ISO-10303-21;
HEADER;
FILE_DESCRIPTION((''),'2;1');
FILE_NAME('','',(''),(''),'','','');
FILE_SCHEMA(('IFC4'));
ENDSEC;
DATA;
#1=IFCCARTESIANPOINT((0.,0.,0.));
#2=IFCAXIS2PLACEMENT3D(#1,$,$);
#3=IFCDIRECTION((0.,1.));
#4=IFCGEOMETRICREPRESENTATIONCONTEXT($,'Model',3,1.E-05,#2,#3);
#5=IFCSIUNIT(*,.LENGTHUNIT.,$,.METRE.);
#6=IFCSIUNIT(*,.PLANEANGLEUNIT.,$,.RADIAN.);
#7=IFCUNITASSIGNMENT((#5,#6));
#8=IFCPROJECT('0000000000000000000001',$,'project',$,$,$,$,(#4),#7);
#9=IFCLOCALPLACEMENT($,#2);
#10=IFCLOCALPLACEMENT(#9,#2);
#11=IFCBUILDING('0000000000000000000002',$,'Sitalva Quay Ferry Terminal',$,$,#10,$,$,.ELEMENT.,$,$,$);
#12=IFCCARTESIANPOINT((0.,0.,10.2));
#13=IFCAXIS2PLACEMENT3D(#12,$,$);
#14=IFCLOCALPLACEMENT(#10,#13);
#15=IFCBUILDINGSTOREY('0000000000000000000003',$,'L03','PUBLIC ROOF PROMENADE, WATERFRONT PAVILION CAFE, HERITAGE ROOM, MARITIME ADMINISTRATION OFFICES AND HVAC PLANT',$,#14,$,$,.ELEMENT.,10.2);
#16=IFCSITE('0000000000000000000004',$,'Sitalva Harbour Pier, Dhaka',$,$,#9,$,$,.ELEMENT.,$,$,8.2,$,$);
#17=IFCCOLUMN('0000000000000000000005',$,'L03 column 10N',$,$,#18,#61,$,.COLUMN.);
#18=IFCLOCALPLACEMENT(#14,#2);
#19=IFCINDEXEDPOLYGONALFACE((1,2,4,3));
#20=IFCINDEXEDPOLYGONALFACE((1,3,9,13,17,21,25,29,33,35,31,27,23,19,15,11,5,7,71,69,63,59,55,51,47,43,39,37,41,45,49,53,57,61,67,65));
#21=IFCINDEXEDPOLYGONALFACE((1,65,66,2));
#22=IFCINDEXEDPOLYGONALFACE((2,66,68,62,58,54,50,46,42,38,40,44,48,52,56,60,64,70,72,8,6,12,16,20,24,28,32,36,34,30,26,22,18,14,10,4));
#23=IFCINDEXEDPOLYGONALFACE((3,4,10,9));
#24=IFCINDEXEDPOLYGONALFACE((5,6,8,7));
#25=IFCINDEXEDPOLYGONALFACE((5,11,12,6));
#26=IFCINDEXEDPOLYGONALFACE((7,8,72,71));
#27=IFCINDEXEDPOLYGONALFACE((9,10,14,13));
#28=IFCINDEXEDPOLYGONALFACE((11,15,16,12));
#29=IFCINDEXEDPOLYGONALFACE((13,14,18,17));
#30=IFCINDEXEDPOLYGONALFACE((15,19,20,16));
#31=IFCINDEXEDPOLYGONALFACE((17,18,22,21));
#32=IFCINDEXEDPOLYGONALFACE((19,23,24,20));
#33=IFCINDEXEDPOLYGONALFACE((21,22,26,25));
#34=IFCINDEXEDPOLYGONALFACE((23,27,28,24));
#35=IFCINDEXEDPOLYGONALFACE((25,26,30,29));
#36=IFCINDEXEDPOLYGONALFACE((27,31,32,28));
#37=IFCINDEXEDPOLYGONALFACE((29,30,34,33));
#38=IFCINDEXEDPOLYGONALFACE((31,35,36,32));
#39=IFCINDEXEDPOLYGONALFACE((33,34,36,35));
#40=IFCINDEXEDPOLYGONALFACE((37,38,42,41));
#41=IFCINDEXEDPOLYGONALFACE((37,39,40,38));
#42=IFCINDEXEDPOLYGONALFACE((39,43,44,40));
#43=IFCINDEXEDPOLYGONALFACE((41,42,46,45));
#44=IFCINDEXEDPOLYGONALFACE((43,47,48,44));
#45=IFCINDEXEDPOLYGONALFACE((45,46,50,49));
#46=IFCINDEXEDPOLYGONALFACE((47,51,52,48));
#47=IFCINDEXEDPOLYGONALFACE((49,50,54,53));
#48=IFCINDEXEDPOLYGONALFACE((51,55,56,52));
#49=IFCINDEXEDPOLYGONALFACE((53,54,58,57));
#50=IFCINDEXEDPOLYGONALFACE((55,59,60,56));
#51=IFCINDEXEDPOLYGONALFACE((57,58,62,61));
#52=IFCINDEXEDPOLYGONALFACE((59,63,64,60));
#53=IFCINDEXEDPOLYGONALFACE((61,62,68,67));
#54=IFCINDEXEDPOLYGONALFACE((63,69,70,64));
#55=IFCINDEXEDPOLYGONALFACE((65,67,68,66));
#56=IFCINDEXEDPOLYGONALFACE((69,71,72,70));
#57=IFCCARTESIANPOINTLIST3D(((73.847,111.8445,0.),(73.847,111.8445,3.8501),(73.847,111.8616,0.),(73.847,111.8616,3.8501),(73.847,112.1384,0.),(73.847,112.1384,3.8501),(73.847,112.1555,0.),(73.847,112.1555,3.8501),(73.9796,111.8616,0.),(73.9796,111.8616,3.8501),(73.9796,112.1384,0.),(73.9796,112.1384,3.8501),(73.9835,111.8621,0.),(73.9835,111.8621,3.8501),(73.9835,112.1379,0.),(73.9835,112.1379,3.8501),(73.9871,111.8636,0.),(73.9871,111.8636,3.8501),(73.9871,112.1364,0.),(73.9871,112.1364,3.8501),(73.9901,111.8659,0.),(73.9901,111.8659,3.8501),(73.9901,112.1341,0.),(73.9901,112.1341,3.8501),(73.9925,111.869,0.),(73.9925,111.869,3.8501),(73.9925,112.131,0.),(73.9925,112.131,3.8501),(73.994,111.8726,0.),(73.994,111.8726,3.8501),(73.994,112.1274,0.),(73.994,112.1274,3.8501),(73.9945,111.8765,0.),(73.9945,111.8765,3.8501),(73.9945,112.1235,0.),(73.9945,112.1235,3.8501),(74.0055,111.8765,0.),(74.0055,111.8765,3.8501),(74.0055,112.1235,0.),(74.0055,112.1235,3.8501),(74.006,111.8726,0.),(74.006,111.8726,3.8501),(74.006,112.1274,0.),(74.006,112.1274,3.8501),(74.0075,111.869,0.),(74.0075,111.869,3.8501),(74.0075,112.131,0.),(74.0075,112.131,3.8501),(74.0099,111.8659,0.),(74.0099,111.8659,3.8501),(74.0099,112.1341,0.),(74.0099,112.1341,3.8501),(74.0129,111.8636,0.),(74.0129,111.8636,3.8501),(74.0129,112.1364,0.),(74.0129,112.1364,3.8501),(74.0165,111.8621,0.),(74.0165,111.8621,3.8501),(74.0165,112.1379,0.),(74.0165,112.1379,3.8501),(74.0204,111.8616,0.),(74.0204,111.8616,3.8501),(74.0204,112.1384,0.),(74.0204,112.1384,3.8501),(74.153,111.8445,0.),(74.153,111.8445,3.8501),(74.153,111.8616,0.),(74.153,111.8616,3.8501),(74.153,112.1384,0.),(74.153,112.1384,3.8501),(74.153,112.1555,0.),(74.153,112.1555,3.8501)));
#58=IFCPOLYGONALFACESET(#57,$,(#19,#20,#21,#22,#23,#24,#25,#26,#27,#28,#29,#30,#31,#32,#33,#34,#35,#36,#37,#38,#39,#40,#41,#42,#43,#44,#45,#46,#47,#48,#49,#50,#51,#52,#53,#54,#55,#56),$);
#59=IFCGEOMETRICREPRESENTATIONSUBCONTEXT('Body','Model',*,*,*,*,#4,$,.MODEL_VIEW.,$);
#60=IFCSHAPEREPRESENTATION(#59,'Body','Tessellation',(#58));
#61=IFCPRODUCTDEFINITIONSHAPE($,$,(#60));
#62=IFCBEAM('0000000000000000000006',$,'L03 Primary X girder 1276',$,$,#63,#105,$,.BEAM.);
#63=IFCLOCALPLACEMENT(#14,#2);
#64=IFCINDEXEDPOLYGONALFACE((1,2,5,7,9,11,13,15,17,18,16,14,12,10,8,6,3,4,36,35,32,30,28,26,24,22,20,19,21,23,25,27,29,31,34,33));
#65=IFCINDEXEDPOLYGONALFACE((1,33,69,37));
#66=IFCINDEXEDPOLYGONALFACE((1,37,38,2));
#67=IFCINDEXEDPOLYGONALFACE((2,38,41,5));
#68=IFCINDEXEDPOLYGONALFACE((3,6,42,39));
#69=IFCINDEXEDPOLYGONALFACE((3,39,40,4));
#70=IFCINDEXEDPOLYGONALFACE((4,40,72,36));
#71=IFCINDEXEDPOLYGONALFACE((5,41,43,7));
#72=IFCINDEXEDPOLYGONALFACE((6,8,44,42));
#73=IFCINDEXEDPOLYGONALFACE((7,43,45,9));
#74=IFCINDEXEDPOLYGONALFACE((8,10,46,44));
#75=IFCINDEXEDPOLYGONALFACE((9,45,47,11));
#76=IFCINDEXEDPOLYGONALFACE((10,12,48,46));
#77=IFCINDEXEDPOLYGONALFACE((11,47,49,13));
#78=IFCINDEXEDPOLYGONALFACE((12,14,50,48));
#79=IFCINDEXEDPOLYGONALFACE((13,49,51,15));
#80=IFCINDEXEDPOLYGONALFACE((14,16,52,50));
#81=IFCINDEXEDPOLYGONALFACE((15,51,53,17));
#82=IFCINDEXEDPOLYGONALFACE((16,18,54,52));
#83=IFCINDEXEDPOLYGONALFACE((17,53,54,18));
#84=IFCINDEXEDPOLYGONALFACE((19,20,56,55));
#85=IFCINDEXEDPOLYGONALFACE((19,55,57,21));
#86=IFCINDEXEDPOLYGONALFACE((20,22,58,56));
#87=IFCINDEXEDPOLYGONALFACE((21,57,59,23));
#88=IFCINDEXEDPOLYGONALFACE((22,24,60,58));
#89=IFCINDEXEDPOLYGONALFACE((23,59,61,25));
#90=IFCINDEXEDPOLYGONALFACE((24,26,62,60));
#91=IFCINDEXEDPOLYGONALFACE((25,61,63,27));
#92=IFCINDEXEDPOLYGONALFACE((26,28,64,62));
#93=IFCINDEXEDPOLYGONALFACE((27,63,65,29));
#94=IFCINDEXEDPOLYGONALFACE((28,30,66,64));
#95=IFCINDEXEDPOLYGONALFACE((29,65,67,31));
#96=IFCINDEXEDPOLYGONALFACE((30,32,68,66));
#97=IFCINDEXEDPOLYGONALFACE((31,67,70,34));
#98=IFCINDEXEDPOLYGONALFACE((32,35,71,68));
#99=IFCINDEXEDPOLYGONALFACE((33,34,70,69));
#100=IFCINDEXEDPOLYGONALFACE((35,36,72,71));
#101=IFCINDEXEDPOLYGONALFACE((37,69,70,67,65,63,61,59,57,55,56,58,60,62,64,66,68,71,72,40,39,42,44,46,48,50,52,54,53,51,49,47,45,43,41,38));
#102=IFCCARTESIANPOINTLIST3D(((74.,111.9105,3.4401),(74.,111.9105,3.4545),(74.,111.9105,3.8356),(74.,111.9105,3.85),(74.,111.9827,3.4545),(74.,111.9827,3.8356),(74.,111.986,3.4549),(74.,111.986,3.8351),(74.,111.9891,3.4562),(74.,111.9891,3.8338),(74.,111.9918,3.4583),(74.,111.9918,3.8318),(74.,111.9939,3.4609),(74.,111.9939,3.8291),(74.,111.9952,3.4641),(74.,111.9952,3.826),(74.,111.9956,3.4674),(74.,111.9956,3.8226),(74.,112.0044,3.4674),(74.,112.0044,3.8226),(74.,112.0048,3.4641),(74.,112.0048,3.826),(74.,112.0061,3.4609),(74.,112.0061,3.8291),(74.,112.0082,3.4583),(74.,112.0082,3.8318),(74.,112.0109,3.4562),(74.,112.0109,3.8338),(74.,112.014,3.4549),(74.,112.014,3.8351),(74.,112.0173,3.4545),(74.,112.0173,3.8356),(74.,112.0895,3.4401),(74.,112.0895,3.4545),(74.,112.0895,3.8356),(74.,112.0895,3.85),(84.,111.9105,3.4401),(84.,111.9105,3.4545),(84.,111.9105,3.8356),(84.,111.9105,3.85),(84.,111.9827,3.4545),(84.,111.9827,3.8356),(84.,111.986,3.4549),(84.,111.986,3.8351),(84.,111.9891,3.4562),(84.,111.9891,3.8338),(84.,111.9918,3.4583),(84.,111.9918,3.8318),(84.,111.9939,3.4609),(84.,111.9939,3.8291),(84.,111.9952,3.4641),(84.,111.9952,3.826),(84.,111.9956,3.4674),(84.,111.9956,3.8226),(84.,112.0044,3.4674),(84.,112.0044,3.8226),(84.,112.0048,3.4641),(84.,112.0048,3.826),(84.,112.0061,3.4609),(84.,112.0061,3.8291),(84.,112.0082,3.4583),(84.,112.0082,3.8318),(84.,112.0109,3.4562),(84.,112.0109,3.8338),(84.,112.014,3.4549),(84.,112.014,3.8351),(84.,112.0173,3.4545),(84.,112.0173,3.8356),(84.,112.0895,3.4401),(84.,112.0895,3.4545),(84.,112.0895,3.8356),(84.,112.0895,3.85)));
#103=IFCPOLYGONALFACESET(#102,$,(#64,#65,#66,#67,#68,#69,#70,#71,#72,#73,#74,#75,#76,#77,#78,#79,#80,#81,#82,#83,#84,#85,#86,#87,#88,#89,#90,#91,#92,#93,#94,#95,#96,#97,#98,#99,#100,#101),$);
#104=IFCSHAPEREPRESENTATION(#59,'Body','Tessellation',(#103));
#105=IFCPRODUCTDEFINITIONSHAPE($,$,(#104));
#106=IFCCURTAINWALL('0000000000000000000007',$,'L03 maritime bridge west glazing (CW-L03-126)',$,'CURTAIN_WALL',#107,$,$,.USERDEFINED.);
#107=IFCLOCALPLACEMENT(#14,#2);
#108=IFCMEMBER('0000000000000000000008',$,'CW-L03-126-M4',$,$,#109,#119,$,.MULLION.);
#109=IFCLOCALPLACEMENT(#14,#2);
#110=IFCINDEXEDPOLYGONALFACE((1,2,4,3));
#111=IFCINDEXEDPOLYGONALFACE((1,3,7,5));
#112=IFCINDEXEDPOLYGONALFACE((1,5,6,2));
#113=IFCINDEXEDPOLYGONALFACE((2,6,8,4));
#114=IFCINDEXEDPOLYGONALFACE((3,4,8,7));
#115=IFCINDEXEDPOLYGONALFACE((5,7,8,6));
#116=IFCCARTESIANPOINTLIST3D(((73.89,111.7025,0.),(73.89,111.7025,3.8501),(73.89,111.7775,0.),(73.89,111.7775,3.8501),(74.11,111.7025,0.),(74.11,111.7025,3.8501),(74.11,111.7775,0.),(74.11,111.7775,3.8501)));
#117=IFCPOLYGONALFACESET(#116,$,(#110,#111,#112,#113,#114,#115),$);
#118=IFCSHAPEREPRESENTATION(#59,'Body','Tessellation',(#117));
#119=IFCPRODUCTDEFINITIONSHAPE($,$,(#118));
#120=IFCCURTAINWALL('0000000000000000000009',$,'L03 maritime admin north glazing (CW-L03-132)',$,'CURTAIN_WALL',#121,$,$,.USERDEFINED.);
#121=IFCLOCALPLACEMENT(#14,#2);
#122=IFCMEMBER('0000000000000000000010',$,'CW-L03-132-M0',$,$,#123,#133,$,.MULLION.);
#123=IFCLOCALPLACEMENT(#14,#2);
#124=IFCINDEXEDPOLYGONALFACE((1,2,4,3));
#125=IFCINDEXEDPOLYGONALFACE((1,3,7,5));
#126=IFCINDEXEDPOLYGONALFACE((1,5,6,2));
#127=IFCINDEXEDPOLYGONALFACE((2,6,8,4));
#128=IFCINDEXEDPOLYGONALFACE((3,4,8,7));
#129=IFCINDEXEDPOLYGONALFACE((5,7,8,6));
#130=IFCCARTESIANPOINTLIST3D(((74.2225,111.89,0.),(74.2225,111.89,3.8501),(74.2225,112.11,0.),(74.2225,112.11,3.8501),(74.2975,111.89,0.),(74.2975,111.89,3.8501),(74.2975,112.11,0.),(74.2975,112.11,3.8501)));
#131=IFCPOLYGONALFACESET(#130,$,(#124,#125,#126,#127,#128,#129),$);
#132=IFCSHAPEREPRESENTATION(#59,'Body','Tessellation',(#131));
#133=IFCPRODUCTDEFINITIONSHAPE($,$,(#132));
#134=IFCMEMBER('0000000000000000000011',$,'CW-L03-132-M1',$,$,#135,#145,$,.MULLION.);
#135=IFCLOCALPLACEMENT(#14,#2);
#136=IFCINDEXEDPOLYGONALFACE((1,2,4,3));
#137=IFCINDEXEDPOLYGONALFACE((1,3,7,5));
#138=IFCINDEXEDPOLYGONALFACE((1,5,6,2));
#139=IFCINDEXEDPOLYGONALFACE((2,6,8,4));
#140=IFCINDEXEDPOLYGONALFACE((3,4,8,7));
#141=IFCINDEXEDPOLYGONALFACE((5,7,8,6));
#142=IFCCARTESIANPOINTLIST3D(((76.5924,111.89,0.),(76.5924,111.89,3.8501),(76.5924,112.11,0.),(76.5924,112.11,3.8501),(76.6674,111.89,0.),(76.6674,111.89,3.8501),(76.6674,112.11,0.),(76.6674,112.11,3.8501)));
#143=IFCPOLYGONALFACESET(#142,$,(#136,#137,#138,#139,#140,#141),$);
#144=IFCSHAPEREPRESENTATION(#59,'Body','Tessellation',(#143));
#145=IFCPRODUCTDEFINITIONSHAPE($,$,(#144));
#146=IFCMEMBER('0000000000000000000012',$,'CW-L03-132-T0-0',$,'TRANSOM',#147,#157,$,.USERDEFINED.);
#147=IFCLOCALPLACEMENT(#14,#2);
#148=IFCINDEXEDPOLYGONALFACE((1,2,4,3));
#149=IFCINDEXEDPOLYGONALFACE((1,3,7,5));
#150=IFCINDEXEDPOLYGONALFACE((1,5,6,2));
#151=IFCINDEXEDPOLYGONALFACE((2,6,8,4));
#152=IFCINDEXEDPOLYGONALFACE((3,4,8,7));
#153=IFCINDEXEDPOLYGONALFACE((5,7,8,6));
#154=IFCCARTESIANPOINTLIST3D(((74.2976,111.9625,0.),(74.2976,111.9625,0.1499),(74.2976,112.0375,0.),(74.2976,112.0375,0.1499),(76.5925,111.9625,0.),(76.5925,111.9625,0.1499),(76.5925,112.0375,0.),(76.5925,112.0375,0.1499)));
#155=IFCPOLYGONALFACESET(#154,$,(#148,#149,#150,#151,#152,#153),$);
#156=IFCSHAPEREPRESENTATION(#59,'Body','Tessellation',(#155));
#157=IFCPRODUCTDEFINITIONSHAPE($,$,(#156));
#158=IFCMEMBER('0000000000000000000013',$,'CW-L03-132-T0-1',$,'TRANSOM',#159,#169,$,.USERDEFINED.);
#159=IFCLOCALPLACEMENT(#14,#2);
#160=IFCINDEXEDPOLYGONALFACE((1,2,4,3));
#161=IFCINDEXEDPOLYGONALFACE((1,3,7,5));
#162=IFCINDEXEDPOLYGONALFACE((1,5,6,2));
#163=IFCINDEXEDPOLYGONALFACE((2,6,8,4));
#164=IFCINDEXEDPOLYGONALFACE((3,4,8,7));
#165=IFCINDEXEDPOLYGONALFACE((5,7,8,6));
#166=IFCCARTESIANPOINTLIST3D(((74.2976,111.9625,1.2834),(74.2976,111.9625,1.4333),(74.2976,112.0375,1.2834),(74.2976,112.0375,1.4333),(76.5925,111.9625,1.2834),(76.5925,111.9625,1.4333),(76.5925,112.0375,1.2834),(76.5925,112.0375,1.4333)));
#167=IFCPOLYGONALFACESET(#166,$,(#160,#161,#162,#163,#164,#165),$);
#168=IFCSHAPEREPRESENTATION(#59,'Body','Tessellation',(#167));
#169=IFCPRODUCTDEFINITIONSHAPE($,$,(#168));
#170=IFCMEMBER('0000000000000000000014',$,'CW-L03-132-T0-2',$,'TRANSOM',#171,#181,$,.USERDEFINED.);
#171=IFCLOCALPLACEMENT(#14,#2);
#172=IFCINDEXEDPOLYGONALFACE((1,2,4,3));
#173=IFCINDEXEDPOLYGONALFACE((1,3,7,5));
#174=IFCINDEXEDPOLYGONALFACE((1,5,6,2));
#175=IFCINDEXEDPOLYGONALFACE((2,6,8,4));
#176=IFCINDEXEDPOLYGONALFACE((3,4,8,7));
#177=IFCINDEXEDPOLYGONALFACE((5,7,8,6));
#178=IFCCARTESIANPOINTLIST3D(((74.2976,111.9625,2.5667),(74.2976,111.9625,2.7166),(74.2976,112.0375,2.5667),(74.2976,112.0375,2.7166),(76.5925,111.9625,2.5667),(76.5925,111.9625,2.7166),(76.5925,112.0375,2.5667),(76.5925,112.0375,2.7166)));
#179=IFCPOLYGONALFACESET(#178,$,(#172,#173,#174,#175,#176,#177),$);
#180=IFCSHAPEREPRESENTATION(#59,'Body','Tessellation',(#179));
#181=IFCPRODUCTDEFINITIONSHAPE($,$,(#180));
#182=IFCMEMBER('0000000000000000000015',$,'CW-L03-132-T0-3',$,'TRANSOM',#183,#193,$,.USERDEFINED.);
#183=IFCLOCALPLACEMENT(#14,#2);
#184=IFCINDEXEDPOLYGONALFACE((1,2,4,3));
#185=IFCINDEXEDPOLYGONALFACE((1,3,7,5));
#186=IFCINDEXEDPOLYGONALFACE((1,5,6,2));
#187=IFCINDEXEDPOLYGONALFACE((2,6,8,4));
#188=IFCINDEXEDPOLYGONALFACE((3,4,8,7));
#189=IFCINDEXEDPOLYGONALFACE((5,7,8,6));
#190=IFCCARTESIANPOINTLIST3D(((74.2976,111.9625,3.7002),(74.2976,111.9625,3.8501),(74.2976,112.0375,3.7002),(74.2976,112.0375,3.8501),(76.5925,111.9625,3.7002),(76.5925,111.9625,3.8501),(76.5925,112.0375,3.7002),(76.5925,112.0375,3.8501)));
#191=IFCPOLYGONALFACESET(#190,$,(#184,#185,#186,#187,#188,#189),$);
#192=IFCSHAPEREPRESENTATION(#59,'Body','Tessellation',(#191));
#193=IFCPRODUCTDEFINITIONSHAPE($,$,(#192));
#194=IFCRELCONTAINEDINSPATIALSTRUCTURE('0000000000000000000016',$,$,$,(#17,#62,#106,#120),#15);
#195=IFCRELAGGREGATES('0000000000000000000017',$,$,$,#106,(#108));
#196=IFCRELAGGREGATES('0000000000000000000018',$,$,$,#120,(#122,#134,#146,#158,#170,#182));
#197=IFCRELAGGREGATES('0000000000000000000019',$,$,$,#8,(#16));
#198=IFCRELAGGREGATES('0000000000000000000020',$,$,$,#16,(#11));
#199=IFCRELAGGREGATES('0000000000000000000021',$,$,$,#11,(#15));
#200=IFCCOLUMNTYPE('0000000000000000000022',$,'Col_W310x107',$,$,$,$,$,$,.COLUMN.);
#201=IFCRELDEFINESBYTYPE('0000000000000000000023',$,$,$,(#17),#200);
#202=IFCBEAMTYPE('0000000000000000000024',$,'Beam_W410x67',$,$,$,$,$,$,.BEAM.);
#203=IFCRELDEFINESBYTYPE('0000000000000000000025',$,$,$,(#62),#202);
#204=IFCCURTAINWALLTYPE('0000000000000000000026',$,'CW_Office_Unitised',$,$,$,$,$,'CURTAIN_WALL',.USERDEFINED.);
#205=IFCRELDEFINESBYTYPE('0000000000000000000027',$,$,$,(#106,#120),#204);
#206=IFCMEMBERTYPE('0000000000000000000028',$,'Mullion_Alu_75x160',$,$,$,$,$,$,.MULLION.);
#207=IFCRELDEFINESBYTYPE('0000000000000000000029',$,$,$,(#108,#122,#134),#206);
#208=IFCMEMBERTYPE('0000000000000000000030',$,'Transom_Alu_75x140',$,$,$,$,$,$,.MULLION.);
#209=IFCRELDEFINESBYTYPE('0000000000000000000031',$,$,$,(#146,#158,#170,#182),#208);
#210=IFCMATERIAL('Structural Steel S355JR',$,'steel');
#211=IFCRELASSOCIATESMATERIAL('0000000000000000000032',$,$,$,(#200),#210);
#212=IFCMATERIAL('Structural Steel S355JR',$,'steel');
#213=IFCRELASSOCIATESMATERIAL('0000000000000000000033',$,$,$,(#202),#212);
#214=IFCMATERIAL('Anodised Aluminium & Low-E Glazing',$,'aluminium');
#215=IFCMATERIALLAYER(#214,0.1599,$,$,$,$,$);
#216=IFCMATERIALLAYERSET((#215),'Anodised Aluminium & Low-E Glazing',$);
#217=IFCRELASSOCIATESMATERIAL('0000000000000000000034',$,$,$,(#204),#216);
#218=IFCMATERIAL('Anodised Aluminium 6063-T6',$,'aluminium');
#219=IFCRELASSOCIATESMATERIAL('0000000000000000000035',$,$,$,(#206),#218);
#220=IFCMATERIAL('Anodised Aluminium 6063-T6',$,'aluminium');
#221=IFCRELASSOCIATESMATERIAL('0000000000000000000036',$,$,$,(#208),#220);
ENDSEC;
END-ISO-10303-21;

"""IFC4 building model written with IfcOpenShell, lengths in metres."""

from ifc_helpers import new_model, si_unit, direction, frame, origin, origin_2d, place, context, subcontext, project, spatial, rectangle, i_section, extrude, material, layer, layer_set, material_profile, profile_set, type_object, element, aggregate, save


model = new_model("IFC4")

# Units and contexts
model_context = context("Model", 3, precision=1e-05, world=origin(), true_north=direction((0.0, 1.0)))
body_context = subcontext(model_context, "Body", "Model", "MODEL_VIEW")
ifc_project = project(units=[si_unit("LENGTHUNIT", "METRE"), si_unit("PLANEANGLEUNIT", "RADIAN")], contexts=[model_context])

# Site, building, storey
site_placement = place(None, origin())
site = spatial("IfcSite", under=ifc_project, at=site_placement, Name="Sitalva Harbour Pier, Dhaka", CompositionType="ELEMENT", RefElevation=8.2)
building_placement = place(site_placement, origin())
building = spatial("IfcBuilding", under=site, at=building_placement, Name="Sitalva Quay Ferry Terminal", CompositionType="ELEMENT")
storey_placement = place(building_placement, frame((0.0, 0.0, 10.2)))
storey = spatial("IfcBuildingStorey", under=building, at=storey_placement, Name="L03", Description="PUBLIC ROOF PROMENADE, WATERFRONT PAVILION CAFE, HERITAGE ROOM, MARITIME ADMINISTRATION OFFICES AND HVAC PLANT", CompositionType="ELEMENT", Elevation=10.2)

# Column
ifc_material_1 = material(Name="Structural Steel S355JR", Category="steel")
ifc_material_profile_1 = material_profile(ifc_material_1, i_section(OverallWidth=0.3059, OverallDepth=0.311, WebThickness=0.011, FlangeThickness=0.0171, FilletRadius=0.0149, at=origin_2d()), Name="W310x107")
ifc_profile_set_1 = profile_set([ifc_material_profile_1], Name="Structural Steel S355JR")
column_type = type_object("IfcColumnType", Name="Col_W310x107", PredefinedType="COLUMN", material=ifc_profile_set_1)
column_placement = place(storey_placement, frame((74.0, 112.0, 0.0), z_axis=(0.0, 0.0, 1.0), x_axis=(1.0, 0.0, 0.0)))
element("IfcColumn", 1, at=column_placement, inside=storey, type_object=column_type, Name="L03 column 10N", PredefinedType="COLUMN", context=body_context, shape_type="SweptSolid", body=[
    extrude(i_section(OverallWidth=0.3059, OverallDepth=0.311, WebThickness=0.011, FlangeThickness=0.0171, FilletRadius=0.0149, at=origin_2d()), origin(), (0.0, 0.0, 1.0), 3.8501),
])

# Beam
ifc_material_2 = material(Name="Structural Steel S355JR", Category="steel")
ifc_material_profile_2 = material_profile(ifc_material_2, i_section(OverallWidth=0.179, OverallDepth=0.4099, WebThickness=0.0088, FlangeThickness=0.0144, FilletRadius=0.0129, at=origin_2d()), Name="W410x67")
ifc_profile_set_2 = profile_set([ifc_material_profile_2], Name="Structural Steel S355JR")
beam_type = type_object("IfcBeamType", Name="Beam_W410x67", PredefinedType="BEAM", material=ifc_profile_set_2)
beam_placement = place(storey_placement, frame((74.0, 112.0, 3.645), z_axis=(1.0, 0.0, 0.0), x_axis=(0.0, 1.0, 0.0)))
element("IfcBeam", 2, at=beam_placement, inside=storey, type_object=beam_type, Name="L03 Primary X girder 1276", PredefinedType="BEAM", context=body_context, shape_type="SweptSolid", body=[
    extrude(i_section(OverallWidth=0.179, OverallDepth=0.4099, WebThickness=0.0088, FlangeThickness=0.0144, FilletRadius=0.0129, at=origin_2d()), origin(), (0.0, 0.0, 1.0), 10.0),
])

# Curtain wall, member
ifc_material_3 = material(Name="Anodised Aluminium & Low-E Glazing", Category="aluminium")
ifc_layer_1 = layer(ifc_material_3, 0.1599)
ifc_layer_set_1 = layer_set([ifc_layer_1], Name="Anodised Aluminium & Low-E Glazing")
curtain_wall_type = type_object("IfcCurtainWallType", Name="CW_Office_Unitised", ElementType="CURTAIN_WALL", PredefinedType="USERDEFINED", material=ifc_layer_set_1)
curtain_wall_1_placement = place(storey_placement, origin())
curtain_wall_1 = element("IfcCurtainWall", 3, at=curtain_wall_1_placement, inside=storey, type_object=curtain_wall_type, Name="L03 maritime bridge west glazing (CW-L03-126)", ObjectType="CURTAIN_WALL", PredefinedType="USERDEFINED")
ifc_material_4 = material(Name="Anodised Aluminium 6063-T6", Category="aluminium")
ifc_material_profile_3 = material_profile(ifc_material_4, rectangle(XDim=0.075, YDim=0.22, at=origin_2d()), Name="ALU75x220")
ifc_profile_set_3 = profile_set([ifc_material_profile_3], Name="Anodised Aluminium 6063-T6")
member_type_1 = type_object("IfcMemberType", Name="Mullion_Alu_75x160", PredefinedType="MULLION", material=ifc_profile_set_3)
member_1_placement = place(storey_placement, frame((74.0, 111.74, 0.0), z_axis=(0.0, 0.0, 1.0), x_axis=(0.0, 1.0, 0.0)))
member_1 = element("IfcMember", 4, at=member_1_placement, type_object=member_type_1, Name="CW-L03-126-M4", PredefinedType="MULLION", context=body_context, shape_type="SweptSolid", body=[
    extrude(rectangle(XDim=0.075, YDim=0.22, at=origin_2d()), origin(), (0.0, 0.0, 1.0), 3.8501),
])

# Curtain wall, members
curtain_wall_2_placement = place(storey_placement, origin())
curtain_wall_2 = element("IfcCurtainWall", 5, at=curtain_wall_2_placement, inside=storey, type_object=curtain_wall_type, Name="L03 maritime admin north glazing (CW-L03-132)", ObjectType="CURTAIN_WALL", PredefinedType="USERDEFINED")
member_2_placement = place(storey_placement, frame((74.26, 112.0, 0.0), z_axis=(0.0, 0.0, 1.0), x_axis=(1.0, 0.0, 0.0)))
member_2 = element("IfcMember", 6, at=member_2_placement, type_object=member_type_1, Name="CW-L03-132-M0", PredefinedType="MULLION", context=body_context, shape_type="SweptSolid", body=[
    extrude(rectangle(XDim=0.075, YDim=0.22, at=origin_2d()), origin(), (0.0, 0.0, 1.0), 3.8501),
])
member_3_placement = place(storey_placement, frame((76.6299, 112.0, 0.0), z_axis=(0.0, 0.0, 1.0), x_axis=(1.0, 0.0, 0.0)))
member_3 = element("IfcMember", 7, at=member_3_placement, type_object=member_type_1, Name="CW-L03-132-M1", PredefinedType="MULLION", context=body_context, shape_type="SweptSolid", body=[
    extrude(rectangle(XDim=0.075, YDim=0.22, at=origin_2d()), origin(), (0.0, 0.0, 1.0), 3.8501),
])
ifc_material_5 = material(Name="Anodised Aluminium 6063-T6", Category="aluminium")
ifc_material_profile_4 = material_profile(ifc_material_5, rectangle(XDim=0.075, YDim=0.1499, at=origin_2d()), Name="ALU75x150")
ifc_profile_set_4 = profile_set([ifc_material_profile_4], Name="Anodised Aluminium 6063-T6")
member_type_2 = type_object("IfcMemberType", Name="Transom_Alu_75x140", PredefinedType="MULLION", material=ifc_profile_set_4)
member_4_placement = place(storey_placement, frame((74.2976, 112.0, 0.075), z_axis=(1.0, 0.0, 0.0), x_axis=(0.0, 1.0, 0.0)))
member_4 = element("IfcMember", 8, at=member_4_placement, type_object=member_type_2, Name="CW-L03-132-T0-0", ObjectType="TRANSOM", PredefinedType="USERDEFINED", context=body_context, shape_type="SweptSolid", body=[
    extrude(rectangle(XDim=0.075, YDim=0.1499, at=origin_2d()), origin(), (0.0, 0.0, 1.0), 2.2949),
])
member_5_placement = place(storey_placement, frame((74.2976, 112.0, 1.3584), z_axis=(1.0, 0.0, 0.0), x_axis=(0.0, 1.0, 0.0)))
member_5 = element("IfcMember", 9, at=member_5_placement, type_object=member_type_2, Name="CW-L03-132-T0-1", ObjectType="TRANSOM", PredefinedType="USERDEFINED", context=body_context, shape_type="SweptSolid", body=[
    extrude(rectangle(XDim=0.075, YDim=0.1499, at=origin_2d()), origin(), (0.0, 0.0, 1.0), 2.2949),
])
member_6_placement = place(storey_placement, frame((74.2976, 112.0, 2.6416), z_axis=(1.0, 0.0, 0.0), x_axis=(0.0, 1.0, 0.0)))
member_6 = element("IfcMember", 10, at=member_6_placement, type_object=member_type_2, Name="CW-L03-132-T0-2", ObjectType="TRANSOM", PredefinedType="USERDEFINED", context=body_context, shape_type="SweptSolid", body=[
    extrude(rectangle(XDim=0.075, YDim=0.1499, at=origin_2d()), origin(), (0.0, 0.0, 1.0), 2.2949),
])
member_7_placement = place(storey_placement, frame((74.2976, 112.0, 3.7751), z_axis=(1.0, 0.0, 0.0), x_axis=(0.0, 1.0, 0.0)))
member_7 = element("IfcMember", 11, at=member_7_placement, type_object=member_type_2, Name="CW-L03-132-T0-3", ObjectType="TRANSOM", PredefinedType="USERDEFINED", context=body_context, shape_type="SweptSolid", body=[
    extrude(rectangle(XDim=0.075, YDim=0.1499, at=origin_2d()), origin(), (0.0, 0.0, 1.0), 2.2949),
])

aggregate(curtain_wall_1, [member_1])
aggregate(curtain_wall_2, [member_2, member_3, member_4, member_5, member_6, member_7])

save(model, "model.ifc")
